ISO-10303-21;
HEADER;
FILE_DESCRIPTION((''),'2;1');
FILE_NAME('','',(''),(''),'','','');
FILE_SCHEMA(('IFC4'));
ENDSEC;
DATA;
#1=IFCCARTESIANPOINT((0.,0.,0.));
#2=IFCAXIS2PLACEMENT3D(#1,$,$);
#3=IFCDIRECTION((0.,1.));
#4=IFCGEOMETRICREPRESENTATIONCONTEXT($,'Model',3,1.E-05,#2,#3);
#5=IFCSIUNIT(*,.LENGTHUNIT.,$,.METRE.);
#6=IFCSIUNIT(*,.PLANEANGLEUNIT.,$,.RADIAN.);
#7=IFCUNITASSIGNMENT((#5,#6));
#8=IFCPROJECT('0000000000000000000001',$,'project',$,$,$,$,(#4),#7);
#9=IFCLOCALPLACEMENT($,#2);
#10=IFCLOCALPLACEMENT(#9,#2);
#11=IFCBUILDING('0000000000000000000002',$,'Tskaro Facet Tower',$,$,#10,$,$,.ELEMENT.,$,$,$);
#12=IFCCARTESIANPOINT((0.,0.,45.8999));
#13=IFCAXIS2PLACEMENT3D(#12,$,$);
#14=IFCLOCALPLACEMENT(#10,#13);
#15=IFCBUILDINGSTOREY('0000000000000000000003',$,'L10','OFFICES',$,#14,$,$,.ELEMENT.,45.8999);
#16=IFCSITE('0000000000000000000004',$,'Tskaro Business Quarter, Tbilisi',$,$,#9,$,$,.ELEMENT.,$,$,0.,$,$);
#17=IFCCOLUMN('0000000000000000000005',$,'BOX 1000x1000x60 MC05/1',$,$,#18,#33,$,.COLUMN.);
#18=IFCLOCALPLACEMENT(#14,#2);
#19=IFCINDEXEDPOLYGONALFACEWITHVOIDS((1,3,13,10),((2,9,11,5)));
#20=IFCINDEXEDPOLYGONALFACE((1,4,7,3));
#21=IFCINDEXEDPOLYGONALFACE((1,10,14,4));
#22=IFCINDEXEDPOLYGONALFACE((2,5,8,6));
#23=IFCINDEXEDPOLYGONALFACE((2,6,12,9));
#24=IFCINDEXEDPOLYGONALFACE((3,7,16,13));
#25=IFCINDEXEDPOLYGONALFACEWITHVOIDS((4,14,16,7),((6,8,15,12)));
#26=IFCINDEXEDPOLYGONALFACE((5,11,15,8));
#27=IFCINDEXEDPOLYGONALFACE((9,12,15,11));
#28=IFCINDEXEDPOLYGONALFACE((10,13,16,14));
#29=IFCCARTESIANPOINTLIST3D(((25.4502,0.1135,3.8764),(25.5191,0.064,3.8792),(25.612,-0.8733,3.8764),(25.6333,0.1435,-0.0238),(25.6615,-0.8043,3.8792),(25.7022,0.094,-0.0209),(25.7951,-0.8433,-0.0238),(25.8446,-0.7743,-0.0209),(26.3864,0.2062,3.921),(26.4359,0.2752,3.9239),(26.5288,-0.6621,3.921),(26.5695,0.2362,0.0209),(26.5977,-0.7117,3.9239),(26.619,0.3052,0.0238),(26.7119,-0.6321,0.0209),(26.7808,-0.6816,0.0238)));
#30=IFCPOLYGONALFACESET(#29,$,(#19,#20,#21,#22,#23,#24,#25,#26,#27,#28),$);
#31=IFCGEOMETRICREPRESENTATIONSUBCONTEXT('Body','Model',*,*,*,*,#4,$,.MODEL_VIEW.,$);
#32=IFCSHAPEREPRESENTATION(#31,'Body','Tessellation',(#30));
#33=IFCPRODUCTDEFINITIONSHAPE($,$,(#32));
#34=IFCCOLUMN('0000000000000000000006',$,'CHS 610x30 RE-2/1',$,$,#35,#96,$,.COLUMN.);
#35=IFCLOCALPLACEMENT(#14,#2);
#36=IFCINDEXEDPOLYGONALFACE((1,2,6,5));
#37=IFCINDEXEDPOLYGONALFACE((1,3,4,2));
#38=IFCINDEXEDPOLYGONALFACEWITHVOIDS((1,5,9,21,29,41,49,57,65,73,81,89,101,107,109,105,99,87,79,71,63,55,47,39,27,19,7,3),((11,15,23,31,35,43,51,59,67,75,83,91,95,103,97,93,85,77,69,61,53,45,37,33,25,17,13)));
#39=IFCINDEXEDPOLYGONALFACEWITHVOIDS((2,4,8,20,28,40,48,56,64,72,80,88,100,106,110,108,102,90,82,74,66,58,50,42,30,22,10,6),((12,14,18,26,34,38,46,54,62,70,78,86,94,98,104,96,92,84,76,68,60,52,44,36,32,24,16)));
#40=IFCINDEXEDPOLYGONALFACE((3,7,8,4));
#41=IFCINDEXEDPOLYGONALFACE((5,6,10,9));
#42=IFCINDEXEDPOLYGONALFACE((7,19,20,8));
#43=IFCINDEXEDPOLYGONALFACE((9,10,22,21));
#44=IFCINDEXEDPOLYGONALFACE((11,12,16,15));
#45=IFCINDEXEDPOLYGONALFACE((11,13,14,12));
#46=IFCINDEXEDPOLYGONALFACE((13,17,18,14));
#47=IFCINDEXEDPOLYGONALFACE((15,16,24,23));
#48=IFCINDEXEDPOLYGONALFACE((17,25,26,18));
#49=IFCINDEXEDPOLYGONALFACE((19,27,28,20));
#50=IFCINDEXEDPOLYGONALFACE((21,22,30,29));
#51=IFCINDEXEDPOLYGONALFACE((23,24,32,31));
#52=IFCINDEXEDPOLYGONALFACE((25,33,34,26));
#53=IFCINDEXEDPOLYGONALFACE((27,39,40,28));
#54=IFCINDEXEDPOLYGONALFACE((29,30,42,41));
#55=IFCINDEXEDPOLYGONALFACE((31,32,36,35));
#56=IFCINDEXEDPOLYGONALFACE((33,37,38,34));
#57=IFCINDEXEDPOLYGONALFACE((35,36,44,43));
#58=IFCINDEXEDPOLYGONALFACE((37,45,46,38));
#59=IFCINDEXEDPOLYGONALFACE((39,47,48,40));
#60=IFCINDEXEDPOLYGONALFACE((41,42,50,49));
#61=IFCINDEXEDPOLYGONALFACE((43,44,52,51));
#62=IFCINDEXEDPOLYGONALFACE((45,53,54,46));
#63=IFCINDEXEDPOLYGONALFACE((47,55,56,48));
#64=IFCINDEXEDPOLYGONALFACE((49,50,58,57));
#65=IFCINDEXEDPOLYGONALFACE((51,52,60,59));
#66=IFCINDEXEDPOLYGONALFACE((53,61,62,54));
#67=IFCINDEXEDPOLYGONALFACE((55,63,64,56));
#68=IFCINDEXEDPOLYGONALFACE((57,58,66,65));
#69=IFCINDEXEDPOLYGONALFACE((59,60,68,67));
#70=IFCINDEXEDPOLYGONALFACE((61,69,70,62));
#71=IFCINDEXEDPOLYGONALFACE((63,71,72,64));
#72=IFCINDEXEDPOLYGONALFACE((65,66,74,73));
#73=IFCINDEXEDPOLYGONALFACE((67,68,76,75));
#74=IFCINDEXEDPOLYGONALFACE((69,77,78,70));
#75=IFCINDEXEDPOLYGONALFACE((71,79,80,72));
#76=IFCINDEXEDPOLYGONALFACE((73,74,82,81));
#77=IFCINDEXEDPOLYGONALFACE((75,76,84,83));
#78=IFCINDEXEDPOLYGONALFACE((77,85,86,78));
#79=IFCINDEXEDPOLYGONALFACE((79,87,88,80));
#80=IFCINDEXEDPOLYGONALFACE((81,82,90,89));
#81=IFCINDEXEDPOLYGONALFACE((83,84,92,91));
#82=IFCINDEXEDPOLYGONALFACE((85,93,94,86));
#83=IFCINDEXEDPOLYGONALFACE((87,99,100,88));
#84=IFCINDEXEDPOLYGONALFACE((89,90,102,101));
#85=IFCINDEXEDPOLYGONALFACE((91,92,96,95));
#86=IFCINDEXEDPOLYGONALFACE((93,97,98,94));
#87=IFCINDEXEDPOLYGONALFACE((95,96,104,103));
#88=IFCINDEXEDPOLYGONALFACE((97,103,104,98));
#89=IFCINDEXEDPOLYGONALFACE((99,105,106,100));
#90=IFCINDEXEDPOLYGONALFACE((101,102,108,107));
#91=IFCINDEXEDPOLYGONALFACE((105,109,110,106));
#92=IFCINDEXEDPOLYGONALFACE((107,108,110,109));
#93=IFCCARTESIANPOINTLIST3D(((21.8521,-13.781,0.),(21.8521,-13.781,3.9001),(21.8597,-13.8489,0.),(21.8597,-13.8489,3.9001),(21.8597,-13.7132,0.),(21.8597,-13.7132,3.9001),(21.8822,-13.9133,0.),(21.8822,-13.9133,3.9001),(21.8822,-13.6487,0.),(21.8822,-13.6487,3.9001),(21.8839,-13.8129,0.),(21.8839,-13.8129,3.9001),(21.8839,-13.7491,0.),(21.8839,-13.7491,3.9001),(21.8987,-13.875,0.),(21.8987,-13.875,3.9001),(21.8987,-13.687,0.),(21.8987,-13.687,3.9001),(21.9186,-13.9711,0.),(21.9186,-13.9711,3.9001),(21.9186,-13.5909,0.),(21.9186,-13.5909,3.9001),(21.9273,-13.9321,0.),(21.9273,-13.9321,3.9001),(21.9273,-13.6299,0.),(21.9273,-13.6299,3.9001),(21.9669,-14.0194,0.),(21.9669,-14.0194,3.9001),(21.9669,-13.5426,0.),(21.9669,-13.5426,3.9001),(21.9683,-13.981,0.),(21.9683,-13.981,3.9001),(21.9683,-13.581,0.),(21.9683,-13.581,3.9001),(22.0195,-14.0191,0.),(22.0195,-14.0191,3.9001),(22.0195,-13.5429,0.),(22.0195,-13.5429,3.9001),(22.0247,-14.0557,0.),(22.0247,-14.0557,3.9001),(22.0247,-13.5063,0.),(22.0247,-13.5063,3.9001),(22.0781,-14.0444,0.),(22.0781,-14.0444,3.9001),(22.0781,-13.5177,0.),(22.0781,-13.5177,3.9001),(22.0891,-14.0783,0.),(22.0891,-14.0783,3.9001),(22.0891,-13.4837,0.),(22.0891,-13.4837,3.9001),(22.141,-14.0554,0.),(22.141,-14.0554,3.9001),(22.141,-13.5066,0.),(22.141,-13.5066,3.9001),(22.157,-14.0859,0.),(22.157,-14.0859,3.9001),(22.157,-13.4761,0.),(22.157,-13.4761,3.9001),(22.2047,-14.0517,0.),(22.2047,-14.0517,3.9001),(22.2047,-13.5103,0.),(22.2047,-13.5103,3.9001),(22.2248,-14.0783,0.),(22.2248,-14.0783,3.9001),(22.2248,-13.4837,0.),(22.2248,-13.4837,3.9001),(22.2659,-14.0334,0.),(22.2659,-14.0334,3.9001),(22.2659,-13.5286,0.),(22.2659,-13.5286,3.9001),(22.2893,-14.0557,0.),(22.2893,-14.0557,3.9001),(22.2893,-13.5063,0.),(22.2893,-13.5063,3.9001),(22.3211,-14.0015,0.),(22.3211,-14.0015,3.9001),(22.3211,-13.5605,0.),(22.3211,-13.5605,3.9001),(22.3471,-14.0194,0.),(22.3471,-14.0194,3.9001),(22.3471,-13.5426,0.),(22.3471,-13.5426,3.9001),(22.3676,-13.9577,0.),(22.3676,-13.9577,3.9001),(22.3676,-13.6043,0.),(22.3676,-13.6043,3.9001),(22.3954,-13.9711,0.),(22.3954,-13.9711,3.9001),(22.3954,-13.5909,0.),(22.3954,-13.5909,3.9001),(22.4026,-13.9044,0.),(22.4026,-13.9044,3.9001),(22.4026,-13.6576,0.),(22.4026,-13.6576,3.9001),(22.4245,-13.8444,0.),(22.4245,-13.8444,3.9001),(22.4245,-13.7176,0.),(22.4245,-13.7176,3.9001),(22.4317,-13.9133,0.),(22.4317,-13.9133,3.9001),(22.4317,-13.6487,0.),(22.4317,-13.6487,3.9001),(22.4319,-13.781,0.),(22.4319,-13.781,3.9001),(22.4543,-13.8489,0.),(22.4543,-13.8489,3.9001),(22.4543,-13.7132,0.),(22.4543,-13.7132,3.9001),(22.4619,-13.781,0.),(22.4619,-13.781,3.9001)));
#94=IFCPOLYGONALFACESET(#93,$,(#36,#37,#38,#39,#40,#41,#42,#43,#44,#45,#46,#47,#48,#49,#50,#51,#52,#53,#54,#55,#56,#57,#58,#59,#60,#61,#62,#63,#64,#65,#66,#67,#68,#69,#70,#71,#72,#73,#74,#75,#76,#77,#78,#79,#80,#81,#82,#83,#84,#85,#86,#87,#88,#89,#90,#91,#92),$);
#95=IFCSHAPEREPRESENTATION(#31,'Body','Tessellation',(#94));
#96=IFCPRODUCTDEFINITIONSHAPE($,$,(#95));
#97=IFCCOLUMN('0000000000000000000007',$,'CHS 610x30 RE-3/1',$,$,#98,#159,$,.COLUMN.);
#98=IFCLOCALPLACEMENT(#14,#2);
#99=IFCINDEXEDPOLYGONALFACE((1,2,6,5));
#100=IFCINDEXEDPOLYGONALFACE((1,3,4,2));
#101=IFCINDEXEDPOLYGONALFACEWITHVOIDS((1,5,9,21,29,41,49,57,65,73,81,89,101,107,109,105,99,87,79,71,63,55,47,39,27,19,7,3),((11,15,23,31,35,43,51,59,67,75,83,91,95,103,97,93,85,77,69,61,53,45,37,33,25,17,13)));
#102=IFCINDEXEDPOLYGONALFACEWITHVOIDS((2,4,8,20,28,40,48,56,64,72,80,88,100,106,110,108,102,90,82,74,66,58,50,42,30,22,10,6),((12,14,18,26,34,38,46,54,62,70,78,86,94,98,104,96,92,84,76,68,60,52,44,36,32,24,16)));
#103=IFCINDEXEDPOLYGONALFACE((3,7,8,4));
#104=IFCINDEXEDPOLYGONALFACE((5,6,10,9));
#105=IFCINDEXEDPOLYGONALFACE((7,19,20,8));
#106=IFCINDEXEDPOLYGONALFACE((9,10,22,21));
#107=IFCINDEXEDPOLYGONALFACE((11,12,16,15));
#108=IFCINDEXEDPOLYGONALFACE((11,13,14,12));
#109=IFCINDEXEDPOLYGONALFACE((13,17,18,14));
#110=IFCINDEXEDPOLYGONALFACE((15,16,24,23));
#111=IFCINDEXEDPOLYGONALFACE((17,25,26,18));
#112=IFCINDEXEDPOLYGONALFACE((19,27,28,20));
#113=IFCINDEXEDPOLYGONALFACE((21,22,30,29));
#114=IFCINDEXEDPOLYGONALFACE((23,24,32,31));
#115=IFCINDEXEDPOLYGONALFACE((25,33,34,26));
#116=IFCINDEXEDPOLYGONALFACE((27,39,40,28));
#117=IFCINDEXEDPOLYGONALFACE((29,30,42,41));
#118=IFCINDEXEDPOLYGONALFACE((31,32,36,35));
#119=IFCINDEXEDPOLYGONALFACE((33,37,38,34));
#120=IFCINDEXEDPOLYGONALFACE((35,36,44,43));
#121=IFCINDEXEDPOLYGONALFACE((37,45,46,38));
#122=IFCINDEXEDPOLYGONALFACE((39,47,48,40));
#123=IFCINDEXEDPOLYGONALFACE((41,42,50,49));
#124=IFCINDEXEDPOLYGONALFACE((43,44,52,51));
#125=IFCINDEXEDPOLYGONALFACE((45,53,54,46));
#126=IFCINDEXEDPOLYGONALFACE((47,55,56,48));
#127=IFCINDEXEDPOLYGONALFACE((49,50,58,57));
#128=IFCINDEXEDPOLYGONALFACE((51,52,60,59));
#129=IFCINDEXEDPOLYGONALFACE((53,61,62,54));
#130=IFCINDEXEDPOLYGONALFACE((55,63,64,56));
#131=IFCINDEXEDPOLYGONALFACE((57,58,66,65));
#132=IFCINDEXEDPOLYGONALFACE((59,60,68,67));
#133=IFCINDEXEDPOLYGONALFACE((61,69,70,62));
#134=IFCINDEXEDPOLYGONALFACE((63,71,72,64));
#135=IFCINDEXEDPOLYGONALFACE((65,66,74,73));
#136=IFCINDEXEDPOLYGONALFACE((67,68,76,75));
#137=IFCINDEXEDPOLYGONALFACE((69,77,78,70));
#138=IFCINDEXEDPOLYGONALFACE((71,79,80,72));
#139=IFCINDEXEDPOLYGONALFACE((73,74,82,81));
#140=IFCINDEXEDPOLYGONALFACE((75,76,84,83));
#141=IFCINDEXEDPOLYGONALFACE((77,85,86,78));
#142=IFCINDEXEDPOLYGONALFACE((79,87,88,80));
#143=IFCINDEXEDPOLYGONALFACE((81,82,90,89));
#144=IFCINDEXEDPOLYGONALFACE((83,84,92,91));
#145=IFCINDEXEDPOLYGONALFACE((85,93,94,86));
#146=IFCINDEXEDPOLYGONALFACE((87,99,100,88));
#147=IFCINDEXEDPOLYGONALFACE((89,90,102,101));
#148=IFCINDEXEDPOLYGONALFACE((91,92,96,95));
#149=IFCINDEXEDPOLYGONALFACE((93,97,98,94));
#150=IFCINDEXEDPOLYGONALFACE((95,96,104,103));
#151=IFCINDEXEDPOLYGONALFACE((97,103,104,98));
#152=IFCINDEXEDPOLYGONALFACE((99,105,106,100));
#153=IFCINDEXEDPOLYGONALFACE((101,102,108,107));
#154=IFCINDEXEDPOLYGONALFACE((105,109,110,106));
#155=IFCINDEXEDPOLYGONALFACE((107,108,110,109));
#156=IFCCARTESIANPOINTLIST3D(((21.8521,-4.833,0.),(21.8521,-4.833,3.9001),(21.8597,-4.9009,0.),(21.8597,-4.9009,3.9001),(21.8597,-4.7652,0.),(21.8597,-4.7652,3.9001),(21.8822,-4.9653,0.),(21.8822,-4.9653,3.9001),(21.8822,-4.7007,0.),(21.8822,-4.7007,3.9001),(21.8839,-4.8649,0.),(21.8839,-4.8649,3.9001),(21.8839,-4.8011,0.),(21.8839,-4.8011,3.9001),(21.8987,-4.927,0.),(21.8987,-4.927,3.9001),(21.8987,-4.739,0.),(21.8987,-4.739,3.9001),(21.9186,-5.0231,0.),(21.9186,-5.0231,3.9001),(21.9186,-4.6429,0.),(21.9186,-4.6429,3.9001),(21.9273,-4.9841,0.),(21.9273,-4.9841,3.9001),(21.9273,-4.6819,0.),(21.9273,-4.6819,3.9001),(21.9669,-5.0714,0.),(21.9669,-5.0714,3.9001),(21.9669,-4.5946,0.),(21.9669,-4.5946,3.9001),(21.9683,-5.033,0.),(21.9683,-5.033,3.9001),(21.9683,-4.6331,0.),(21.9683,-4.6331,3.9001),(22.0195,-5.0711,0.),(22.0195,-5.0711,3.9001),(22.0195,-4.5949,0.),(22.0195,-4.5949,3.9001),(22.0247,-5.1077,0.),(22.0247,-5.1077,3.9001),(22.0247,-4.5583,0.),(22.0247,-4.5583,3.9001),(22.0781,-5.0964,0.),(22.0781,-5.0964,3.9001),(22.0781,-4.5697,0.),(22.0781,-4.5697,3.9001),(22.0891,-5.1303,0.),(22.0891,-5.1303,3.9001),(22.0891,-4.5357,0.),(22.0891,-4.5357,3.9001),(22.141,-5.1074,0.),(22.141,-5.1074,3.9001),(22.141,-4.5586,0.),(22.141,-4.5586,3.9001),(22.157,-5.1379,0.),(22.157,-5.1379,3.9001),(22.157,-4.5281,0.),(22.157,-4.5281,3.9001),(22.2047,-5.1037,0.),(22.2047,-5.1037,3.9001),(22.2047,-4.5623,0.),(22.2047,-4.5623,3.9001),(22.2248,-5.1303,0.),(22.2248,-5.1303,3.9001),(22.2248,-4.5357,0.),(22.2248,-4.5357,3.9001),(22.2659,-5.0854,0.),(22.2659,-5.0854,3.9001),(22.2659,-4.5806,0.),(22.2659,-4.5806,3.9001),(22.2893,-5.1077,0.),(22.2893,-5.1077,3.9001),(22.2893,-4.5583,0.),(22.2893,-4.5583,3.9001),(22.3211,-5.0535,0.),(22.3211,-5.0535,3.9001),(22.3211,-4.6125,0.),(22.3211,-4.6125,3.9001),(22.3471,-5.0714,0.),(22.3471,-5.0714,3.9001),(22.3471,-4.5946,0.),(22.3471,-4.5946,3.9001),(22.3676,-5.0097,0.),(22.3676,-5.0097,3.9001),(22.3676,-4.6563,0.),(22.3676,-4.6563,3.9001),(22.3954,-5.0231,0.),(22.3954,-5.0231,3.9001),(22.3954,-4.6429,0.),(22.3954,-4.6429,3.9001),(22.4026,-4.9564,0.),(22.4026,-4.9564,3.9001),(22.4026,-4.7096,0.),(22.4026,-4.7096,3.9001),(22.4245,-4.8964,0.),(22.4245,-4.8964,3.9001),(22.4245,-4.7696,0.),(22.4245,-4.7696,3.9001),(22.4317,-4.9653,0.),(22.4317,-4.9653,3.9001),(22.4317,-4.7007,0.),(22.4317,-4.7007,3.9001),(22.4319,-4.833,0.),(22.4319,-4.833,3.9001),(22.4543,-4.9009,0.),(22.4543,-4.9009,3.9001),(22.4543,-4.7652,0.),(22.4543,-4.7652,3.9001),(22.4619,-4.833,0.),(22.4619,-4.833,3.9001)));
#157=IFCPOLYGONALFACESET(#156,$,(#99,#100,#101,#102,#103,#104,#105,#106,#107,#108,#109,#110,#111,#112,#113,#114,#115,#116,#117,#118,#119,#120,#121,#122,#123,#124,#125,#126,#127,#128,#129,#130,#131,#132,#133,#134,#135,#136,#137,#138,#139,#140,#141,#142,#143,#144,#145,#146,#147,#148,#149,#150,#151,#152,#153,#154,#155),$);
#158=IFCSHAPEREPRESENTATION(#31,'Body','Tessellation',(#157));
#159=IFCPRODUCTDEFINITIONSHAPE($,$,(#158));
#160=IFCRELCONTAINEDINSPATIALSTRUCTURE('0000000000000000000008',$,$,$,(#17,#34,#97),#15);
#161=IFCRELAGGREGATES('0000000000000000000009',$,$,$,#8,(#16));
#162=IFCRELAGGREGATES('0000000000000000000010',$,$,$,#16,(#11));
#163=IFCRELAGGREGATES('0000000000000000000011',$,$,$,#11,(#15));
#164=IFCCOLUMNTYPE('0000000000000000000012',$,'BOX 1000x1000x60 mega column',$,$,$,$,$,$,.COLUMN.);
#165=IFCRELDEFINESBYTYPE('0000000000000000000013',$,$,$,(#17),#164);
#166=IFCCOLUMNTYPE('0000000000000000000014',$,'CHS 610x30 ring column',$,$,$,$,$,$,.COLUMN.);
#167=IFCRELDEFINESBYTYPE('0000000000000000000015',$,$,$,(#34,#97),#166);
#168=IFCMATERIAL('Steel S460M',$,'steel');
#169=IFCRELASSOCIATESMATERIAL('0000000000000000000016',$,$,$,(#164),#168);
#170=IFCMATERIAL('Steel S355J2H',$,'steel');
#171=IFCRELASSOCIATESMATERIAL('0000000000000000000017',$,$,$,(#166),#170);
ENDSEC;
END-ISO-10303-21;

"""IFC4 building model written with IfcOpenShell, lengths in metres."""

from ifc_helpers import new_model, si_unit, direction, frame, origin, origin_2d, place, context, subcontext, project, spatial, hollow_rectangle, hollow_circle, extrude, material, material_profile, profile_set, type_object, element, save


model = new_model("IFC4")

# Units and contexts
model_context = context("Model", 3, precision=1e-05, world=origin(), true_north=direction((0.0, 1.0)))
body_context = subcontext(model_context, "Body", "Model", "MODEL_VIEW")
ifc_project = project(units=[si_unit("LENGTHUNIT", "METRE"), si_unit("PLANEANGLEUNIT", "RADIAN")], contexts=[model_context])

# Site, building, storey
site_placement = place(None, origin())
site = spatial("IfcSite", under=ifc_project, at=site_placement, Name="Tskaro Business Quarter, Tbilisi", CompositionType="ELEMENT", RefElevation=0.0)
building_placement = place(site_placement, origin())
building = spatial("IfcBuilding", under=site, at=building_placement, Name="Tskaro Facet Tower", CompositionType="ELEMENT")
storey_placement = place(building_placement, frame((0.0, 0.0, 45.8999)))
storey = spatial("IfcBuildingStorey", under=building, at=storey_placement, Name="L10", Description="OFFICES", CompositionType="ELEMENT", Elevation=45.8999)

# Columns
ifc_material_1 = material(Name="Steel S460M", Category="steel")
ifc_material_profile_1 = material_profile(ifc_material_1, hollow_rectangle(XDim=1.0, YDim=1.0, WallThickness=0.0601, at=origin_2d()), Name="BOX 1000x1000x60")
ifc_profile_set_1 = profile_set([ifc_material_profile_1], Name="Steel S460M")
column_type_1 = type_object("IfcColumnType", Name="BOX 1000x1000x60 mega column", PredefinedType="COLUMN", material=ifc_profile_set_1)
column_1_placement = place(storey_placement, frame((26.207, -0.269, 0.0), z_axis=(-0.046895, -0.007691, 0.99887), x_axis=(0.161838, -0.986817, 0.0)))
element("IfcColumn", 1, at=column_1_placement, inside=storey, type_object=column_type_1, Name="BOX 1000x1000x60 MC05/1", PredefinedType="COLUMN", context=body_context, shape_type="SweptSolid", body=[
    extrude(hollow_rectangle(XDim=1.0, YDim=1.0, WallThickness=0.0601, at=origin_2d()), origin(), (0.0, 0.0, 1.0), 3.9045),
])
ifc_material_2 = material(Name="Steel S355J2H", Category="steel")
ifc_material_profile_2 = material_profile(ifc_material_2, hollow_circle(Radius=0.3049, WallThickness=0.03, at=origin_2d()), Name="CHS 610x30")
ifc_profile_set_2 = profile_set([ifc_material_profile_2], Name="Steel S355J2H")
column_type_2 = type_object("IfcColumnType", Name="CHS 610x30 ring column", PredefinedType="COLUMN", material=ifc_profile_set_2)
for number, where, z_axis, x_axis, name in (
    (2, (22.157, -13.781, 0.0), (0.0, 0.0, 1.0), (1.0, 0.0, 0.0), "CHS 610x30 RE-2/1"),
    (3, (22.157, -4.833, 0.0), (0.0, 0.0, 1.0), (1.0, 0.0, 0.0), "CHS 610x30 RE-3/1"),
):
    element("IfcColumn", number, at=place(storey_placement, frame(where, z_axis=z_axis, x_axis=x_axis)), inside=storey, type_object=column_type_2, Name=name, PredefinedType="COLUMN", context=body_context, shape_type="SweptSolid", body=[
        extrude(hollow_circle(Radius=0.3049, WallThickness=0.03, at=origin_2d()), origin(), (0.0, 0.0, 1.0), 3.9001),
    ])

save(model, "model.ifc")
